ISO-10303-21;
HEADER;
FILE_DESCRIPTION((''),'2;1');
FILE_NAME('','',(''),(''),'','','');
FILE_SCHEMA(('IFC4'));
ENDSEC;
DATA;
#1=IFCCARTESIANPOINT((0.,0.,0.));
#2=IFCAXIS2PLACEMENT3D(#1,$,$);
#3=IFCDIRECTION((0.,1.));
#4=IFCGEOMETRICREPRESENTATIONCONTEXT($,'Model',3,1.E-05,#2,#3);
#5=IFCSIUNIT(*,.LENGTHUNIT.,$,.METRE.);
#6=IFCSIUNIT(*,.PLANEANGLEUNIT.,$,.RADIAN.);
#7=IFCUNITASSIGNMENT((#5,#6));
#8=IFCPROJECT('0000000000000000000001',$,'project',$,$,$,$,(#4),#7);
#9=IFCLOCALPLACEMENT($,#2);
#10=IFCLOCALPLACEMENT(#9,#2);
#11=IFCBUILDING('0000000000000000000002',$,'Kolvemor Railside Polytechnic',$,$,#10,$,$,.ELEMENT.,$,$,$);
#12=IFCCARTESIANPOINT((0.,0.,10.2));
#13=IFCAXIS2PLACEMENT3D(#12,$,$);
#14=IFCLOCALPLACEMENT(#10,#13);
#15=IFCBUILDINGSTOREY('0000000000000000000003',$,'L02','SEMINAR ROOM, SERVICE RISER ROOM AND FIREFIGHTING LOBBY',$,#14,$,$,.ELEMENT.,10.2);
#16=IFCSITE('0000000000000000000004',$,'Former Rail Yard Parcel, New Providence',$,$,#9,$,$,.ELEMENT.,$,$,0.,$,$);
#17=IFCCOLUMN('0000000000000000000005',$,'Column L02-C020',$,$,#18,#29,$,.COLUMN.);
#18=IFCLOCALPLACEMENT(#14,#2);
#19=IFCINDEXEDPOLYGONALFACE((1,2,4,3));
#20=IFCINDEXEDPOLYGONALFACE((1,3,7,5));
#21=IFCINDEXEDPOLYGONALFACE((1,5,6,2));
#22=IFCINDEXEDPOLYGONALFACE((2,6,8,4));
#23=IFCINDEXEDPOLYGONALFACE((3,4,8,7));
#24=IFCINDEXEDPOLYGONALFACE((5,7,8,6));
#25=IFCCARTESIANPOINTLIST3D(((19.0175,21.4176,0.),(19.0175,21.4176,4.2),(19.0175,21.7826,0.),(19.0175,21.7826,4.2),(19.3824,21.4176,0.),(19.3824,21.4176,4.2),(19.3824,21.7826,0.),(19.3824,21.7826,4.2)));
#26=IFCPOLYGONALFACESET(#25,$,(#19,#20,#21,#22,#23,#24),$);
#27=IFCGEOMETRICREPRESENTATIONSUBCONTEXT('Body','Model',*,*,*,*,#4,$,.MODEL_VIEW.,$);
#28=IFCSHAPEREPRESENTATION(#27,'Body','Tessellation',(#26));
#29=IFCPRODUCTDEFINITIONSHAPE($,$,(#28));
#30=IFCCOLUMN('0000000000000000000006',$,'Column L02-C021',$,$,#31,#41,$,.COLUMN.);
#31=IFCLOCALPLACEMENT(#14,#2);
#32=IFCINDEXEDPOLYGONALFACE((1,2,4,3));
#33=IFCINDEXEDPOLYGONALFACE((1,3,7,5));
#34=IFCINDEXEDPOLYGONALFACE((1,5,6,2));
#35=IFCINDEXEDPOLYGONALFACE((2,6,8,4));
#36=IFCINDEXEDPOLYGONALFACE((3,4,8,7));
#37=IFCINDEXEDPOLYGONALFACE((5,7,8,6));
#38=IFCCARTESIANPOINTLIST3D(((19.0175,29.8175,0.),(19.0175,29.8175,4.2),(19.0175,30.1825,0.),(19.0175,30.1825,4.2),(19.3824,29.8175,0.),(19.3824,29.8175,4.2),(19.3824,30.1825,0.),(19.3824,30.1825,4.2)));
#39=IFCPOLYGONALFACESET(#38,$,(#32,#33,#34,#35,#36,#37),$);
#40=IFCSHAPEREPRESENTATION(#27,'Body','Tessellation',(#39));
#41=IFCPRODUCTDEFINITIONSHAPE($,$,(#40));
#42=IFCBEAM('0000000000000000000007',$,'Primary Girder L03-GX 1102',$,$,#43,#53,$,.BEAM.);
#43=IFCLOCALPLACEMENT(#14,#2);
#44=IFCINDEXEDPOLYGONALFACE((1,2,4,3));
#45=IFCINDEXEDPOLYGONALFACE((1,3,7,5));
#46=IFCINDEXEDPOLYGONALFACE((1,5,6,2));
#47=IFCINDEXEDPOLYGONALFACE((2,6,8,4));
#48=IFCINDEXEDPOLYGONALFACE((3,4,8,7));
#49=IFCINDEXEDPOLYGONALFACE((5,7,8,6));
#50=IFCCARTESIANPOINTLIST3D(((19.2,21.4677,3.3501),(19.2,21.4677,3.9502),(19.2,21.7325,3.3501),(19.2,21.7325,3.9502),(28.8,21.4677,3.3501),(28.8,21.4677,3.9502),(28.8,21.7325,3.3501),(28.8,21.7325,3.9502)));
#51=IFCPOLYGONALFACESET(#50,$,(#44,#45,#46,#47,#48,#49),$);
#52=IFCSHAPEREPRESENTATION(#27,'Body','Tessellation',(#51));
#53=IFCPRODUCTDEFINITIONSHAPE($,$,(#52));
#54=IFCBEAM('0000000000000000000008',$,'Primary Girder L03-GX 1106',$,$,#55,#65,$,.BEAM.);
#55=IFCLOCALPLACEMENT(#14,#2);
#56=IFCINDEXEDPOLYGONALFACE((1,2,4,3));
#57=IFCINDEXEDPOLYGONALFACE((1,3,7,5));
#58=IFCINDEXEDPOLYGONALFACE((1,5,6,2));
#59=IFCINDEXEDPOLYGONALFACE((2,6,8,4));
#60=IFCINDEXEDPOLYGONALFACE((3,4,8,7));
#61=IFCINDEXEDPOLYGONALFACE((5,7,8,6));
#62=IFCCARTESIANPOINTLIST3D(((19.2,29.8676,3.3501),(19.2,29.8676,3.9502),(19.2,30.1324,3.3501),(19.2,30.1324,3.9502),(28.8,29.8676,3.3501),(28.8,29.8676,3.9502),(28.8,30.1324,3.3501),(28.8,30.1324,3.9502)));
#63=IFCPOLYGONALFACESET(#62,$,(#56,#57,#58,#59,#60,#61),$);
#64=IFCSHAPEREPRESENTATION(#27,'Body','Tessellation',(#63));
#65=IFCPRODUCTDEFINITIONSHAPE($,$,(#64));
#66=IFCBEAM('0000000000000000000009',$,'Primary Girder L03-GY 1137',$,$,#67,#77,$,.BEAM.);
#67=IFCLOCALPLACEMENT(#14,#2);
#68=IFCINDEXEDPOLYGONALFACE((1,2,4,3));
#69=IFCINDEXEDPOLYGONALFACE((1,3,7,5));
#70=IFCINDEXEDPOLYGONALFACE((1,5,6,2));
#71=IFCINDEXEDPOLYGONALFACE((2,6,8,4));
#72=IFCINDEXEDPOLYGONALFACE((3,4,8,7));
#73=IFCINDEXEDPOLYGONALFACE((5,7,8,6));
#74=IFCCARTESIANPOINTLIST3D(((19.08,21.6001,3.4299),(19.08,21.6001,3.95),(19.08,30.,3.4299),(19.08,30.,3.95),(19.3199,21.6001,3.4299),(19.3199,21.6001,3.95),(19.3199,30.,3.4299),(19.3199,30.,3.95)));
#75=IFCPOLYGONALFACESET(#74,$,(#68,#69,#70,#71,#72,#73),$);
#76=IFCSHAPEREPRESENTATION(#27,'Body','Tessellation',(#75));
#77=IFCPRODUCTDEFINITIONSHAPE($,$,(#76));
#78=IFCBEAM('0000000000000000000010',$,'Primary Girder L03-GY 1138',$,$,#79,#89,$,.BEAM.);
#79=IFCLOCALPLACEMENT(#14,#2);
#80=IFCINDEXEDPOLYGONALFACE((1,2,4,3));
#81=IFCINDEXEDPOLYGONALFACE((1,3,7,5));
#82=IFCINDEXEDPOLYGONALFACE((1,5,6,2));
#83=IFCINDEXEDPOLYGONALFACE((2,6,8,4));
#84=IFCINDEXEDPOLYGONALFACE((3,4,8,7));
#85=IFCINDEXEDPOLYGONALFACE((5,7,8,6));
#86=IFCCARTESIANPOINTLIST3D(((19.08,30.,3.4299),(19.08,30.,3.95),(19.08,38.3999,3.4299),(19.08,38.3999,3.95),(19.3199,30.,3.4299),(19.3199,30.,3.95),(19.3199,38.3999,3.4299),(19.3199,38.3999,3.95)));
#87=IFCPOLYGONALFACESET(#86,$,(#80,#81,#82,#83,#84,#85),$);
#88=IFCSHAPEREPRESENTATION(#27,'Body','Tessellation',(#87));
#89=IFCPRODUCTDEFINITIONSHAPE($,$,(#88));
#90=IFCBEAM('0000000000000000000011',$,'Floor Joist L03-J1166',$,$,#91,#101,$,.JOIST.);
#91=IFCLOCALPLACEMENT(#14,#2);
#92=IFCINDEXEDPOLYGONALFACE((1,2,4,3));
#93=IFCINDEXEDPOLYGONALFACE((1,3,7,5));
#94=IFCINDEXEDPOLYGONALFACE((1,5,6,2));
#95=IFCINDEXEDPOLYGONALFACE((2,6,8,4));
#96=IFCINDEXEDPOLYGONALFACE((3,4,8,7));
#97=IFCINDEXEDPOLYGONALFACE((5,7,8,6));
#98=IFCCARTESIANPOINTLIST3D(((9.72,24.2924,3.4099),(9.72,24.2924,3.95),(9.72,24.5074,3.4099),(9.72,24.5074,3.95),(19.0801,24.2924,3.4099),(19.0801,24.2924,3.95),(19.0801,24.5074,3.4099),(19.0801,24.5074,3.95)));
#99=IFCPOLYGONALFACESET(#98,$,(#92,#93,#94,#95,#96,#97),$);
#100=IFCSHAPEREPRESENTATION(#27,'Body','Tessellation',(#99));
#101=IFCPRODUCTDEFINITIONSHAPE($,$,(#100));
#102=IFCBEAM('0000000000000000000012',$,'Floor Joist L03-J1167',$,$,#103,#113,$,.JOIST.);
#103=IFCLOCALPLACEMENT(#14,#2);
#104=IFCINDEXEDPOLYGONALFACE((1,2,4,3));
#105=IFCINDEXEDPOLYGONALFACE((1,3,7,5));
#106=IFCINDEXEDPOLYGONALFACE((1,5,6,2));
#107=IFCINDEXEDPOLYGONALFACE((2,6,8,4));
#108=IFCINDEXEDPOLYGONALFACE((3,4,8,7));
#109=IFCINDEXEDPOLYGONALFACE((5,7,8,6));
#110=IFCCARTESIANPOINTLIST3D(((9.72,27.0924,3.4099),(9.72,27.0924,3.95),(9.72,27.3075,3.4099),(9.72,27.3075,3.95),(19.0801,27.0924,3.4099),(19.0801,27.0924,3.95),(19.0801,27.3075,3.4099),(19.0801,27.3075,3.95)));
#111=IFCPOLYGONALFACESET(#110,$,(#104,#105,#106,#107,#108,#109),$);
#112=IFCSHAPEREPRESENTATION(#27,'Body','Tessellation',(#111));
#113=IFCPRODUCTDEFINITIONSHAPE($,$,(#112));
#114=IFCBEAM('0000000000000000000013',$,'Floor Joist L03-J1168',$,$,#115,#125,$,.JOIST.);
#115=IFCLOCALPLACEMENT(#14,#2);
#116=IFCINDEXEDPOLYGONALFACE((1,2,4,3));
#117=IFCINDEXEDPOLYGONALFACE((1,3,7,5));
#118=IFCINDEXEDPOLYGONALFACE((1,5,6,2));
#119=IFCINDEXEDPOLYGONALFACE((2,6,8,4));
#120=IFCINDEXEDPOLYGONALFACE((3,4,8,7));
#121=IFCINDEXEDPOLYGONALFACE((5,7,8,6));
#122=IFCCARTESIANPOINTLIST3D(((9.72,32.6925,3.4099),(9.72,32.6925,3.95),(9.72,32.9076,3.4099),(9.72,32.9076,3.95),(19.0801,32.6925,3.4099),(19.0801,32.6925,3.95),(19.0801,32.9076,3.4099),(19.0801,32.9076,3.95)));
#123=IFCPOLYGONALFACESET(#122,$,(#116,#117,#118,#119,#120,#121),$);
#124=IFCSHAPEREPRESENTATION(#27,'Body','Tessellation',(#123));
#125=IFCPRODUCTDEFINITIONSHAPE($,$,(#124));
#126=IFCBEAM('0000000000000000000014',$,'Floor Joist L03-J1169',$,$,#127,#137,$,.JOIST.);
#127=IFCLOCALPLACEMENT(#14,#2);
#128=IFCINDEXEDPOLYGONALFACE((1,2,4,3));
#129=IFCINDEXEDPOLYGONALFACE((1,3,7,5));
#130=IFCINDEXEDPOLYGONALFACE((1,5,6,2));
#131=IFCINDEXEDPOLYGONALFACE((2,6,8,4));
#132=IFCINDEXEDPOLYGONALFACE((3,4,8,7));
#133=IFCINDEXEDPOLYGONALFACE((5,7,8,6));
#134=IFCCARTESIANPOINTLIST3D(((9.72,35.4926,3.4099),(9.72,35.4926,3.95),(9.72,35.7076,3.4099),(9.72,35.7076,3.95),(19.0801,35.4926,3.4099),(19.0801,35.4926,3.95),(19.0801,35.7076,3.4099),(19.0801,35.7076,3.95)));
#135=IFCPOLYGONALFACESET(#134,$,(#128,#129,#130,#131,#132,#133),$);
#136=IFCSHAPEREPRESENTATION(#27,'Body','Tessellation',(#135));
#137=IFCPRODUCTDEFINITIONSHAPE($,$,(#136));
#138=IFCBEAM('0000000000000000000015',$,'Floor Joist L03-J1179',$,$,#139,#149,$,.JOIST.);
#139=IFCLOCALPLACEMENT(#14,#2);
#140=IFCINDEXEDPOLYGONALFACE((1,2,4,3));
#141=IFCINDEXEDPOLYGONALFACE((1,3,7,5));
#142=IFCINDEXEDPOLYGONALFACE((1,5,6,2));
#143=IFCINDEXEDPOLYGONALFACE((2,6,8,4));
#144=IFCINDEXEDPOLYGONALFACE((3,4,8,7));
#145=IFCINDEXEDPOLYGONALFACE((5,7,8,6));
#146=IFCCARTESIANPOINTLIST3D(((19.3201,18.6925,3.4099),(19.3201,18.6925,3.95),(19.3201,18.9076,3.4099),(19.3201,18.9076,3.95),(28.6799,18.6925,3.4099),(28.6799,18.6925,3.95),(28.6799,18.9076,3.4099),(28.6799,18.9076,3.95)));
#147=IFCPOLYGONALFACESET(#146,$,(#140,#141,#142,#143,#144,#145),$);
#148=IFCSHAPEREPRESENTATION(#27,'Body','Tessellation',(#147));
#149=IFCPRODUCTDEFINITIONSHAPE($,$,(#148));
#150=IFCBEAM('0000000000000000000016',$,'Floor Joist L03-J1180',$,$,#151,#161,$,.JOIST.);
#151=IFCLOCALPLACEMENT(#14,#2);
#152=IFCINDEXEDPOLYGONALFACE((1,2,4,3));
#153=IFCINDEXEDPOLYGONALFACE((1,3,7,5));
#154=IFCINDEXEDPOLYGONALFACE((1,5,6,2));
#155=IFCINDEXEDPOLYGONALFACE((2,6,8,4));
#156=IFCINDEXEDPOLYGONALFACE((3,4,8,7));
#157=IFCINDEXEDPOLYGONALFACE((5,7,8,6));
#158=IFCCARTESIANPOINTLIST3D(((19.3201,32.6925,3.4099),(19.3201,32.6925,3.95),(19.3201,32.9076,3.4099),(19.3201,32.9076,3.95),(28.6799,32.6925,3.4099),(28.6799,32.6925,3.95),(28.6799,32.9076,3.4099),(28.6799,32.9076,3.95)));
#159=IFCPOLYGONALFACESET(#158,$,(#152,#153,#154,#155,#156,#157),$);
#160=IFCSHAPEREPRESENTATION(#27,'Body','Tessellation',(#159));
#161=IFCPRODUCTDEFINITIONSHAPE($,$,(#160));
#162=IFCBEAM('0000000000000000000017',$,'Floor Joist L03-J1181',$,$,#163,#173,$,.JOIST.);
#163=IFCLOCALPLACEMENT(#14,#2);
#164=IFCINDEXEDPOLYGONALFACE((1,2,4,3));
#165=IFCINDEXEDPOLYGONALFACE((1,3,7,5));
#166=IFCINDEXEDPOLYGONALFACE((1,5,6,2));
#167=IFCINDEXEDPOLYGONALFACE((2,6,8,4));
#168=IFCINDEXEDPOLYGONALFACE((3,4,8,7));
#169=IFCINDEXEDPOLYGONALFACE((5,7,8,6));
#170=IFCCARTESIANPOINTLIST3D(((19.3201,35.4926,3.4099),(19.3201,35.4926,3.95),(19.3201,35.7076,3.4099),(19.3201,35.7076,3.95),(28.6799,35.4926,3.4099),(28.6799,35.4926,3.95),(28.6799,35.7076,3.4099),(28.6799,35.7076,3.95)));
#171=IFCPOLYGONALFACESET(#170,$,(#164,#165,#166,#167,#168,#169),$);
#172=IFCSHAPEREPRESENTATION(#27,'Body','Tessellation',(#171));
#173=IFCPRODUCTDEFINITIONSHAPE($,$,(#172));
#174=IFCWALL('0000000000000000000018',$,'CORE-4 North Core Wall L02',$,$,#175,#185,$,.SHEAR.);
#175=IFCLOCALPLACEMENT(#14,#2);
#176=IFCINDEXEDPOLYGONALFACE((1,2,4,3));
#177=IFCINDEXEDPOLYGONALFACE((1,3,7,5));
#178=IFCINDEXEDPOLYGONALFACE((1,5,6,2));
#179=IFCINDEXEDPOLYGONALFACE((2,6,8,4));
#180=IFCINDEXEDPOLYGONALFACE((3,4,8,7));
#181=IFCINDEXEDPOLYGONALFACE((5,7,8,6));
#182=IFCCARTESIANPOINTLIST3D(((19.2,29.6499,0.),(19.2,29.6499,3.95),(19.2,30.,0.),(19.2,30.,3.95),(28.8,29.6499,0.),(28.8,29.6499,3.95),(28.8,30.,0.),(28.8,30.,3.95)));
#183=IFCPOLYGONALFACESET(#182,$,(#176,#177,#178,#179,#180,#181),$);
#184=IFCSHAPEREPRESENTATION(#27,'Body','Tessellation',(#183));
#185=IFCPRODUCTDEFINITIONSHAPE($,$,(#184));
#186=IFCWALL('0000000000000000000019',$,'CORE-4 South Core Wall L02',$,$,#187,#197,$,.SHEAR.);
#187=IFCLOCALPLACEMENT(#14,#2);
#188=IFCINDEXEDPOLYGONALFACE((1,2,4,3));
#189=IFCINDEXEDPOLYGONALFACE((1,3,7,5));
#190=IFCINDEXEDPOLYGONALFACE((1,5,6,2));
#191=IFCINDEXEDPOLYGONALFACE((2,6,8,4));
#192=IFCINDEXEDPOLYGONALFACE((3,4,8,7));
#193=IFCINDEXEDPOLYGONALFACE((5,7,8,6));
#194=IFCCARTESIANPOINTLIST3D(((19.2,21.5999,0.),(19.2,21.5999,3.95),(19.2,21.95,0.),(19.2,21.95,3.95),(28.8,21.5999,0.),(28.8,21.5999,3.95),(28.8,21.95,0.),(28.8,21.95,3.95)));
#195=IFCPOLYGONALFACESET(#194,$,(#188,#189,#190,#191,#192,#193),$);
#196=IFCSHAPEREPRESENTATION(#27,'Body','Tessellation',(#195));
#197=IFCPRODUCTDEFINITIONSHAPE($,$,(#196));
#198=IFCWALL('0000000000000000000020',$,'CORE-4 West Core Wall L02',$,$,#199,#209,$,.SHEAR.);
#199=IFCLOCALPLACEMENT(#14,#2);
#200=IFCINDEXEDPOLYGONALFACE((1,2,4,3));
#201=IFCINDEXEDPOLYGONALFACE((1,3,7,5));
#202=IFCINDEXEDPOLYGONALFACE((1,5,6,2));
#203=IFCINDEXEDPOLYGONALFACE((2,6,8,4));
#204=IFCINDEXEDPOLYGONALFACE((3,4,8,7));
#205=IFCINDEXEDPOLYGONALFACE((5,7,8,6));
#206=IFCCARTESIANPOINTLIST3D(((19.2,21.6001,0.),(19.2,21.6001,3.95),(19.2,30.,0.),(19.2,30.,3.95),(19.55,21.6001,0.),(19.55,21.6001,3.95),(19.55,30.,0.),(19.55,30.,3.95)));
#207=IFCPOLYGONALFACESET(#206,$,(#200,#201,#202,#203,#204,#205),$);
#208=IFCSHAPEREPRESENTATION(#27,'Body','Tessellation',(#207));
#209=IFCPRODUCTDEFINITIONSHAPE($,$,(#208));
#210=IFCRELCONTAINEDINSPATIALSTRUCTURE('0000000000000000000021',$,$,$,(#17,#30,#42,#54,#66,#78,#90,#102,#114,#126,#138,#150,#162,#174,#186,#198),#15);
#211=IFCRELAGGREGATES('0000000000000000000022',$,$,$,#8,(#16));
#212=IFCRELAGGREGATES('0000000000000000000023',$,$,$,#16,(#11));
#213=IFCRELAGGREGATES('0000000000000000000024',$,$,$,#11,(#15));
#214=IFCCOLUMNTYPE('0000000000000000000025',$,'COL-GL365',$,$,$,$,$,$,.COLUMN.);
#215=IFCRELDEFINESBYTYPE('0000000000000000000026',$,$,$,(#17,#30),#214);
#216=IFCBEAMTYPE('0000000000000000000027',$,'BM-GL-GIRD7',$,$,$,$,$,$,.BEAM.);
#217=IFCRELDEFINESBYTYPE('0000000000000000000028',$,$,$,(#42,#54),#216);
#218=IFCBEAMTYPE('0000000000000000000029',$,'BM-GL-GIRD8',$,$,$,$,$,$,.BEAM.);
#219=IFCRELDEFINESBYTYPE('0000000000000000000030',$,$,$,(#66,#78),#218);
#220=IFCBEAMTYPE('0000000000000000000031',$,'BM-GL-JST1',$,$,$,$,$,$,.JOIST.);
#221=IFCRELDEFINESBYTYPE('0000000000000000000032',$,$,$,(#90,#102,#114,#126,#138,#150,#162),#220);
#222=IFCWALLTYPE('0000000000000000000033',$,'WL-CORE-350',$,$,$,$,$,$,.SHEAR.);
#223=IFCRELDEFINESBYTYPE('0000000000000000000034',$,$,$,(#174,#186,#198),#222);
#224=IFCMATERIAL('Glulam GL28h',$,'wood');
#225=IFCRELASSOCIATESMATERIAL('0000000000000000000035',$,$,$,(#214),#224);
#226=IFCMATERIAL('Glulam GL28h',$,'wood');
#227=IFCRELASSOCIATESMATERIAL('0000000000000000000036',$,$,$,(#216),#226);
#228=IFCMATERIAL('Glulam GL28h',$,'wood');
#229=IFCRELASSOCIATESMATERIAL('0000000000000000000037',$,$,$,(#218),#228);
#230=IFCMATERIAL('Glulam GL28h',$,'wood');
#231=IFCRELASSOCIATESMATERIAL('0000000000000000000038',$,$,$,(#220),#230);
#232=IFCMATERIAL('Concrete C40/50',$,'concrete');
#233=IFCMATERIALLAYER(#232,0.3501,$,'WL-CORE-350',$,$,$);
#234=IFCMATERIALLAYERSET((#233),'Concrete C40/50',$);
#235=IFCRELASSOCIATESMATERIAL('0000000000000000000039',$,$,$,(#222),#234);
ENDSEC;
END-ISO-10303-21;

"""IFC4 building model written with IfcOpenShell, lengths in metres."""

from ifc_helpers import new_model, si_unit, direction, frame, frame_2d, origin, origin_2d, place, context, subcontext, project, spatial, rectangle, extrude, material, layer, layer_set, material_profile, profile_set, type_object, element, save


model = new_model("IFC4")

# Units and contexts
model_context = context("Model", 3, precision=1e-05, world=origin(), true_north=direction((0.0, 1.0)))
body_context = subcontext(model_context, "Body", "Model", "MODEL_VIEW")
ifc_project = project(units=[si_unit("LENGTHUNIT", "METRE"), si_unit("PLANEANGLEUNIT", "RADIAN")], contexts=[model_context])

# Site, building, storey
site_placement = place(None, origin())
site = spatial("IfcSite", under=ifc_project, at=site_placement, Name="Former Rail Yard Parcel, New Providence", CompositionType="ELEMENT", RefElevation=0.0)
building_placement = place(site_placement, origin())
building = spatial("IfcBuilding", under=site, at=building_placement, Name="Kolvemor Railside Polytechnic", CompositionType="ELEMENT")
storey_placement = place(building_placement, frame((0.0, 0.0, 10.2)))
storey = spatial("IfcBuildingStorey", under=building, at=storey_placement, Name="L02", Description="SEMINAR ROOM, SERVICE RISER ROOM AND FIREFIGHTING LOBBY", CompositionType="ELEMENT", Elevation=10.2)

# Columns
ifc_material_1 = material(Name="Glulam GL28h", Category="wood")
ifc_material_profile_1 = material_profile(ifc_material_1, rectangle(XDim=0.365, YDim=0.365, at=origin_2d()), Name="GL365x365")
ifc_profile_set_1 = profile_set([ifc_material_profile_1], Name="Glulam GL28h")
column_type = type_object("IfcColumnType", Name="COL-GL365", PredefinedType="COLUMN", material=ifc_profile_set_1)
for number, where, z_axis, x_axis, name in (
    (1, (19.2, 21.6001, 0.0), (0.0, 0.0, 1.0), (1.0, 0.0, 0.0), "Column L02-C020"),
    (2, (19.2, 30.0, 0.0), (0.0, 0.0, 1.0), (1.0, 0.0, 0.0), "Column L02-C021"),
):
    element("IfcColumn", number, at=place(storey_placement, frame(where, z_axis=z_axis, x_axis=x_axis)), inside=storey, type_object=column_type, Name=name, PredefinedType="COLUMN", context=body_context, shape_type="SweptSolid", body=[
        extrude(rectangle(XDim=0.365, YDim=0.365, at=origin_2d()), origin(), (0.0, 0.0, 1.0), 4.2),
    ])

# Beams
ifc_material_2 = material(Name="Glulam GL28h", Category="wood")
ifc_material_profile_2 = material_profile(ifc_material_2, rectangle(XDim=0.2649, YDim=0.6001, at=origin_2d()), Name="GL265x600")
ifc_profile_set_2 = profile_set([ifc_material_profile_2], Name="Glulam GL28h")
beam_type_1 = type_object("IfcBeamType", Name="BM-GL-GIRD7", PredefinedType="BEAM", material=ifc_profile_set_2)
for number, where, z_axis, x_axis, name in (
    (3, (19.2, 21.6001, 3.6501), (1.0, 0.0, 0.0), (0.0, 1.0, 0.0), "Primary Girder L03-GX 1102"),
    (4, (19.2, 30.0, 3.6501), (1.0, 0.0, 0.0), (0.0, 1.0, 0.0), "Primary Girder L03-GX 1106"),
):
    element("IfcBeam", number, at=place(storey_placement, frame(where, z_axis=z_axis, x_axis=x_axis)), inside=storey, type_object=beam_type_1, Name=name, PredefinedType="BEAM", context=body_context, shape_type="SweptSolid", body=[
        extrude(rectangle(XDim=0.2649, YDim=0.6001, at=origin_2d()), origin(), (0.0, 0.0, 1.0), 9.6001),
    ])
ifc_material_3 = material(Name="Glulam GL28h", Category="wood")
ifc_material_profile_3 = material_profile(ifc_material_3, rectangle(XDim=0.24, YDim=0.52, at=origin_2d()), Name="GL240x520")
ifc_profile_set_3 = profile_set([ifc_material_profile_3], Name="Glulam GL28h")
beam_type_2 = type_object("IfcBeamType", Name="BM-GL-GIRD8", PredefinedType="BEAM", material=ifc_profile_set_3)
for number, where, z_axis, x_axis, name in (
    (5, (19.2, 21.6001, 3.6899), (0.0, 1.0, 0.0), (-1.0, 0.0, 0.0), "Primary Girder L03-GY 1137"),
    (6, (19.2, 30.0, 3.6899), (0.0, 1.0, 0.0), (-1.0, 0.0, 0.0), "Primary Girder L03-GY 1138"),
):
    element("IfcBeam", number, at=place(storey_placement, frame(where, z_axis=z_axis, x_axis=x_axis)), inside=storey, type_object=beam_type_2, Name=name, PredefinedType="BEAM", context=body_context, shape_type="SweptSolid", body=[
        extrude(rectangle(XDim=0.24, YDim=0.52, at=origin_2d()), origin(), (0.0, 0.0, 1.0), 8.3999),
    ])
ifc_material_4 = material(Name="Glulam GL28h", Category="wood")
ifc_material_profile_4 = material_profile(ifc_material_4, rectangle(XDim=0.2151, YDim=0.54, at=origin_2d()), Name="GL215x540")
ifc_profile_set_4 = profile_set([ifc_material_profile_4], Name="Glulam GL28h")
beam_type_3 = type_object("IfcBeamType", Name="BM-GL-JST1", PredefinedType="JOIST", material=ifc_profile_set_4)
for number, where, z_axis, x_axis, name in (
    (7, (9.72, 24.3999, 3.6799), (1.0, 0.0, 0.0), (0.0, 1.0, 0.0), "Floor Joist L03-J1166"),
    (8, (9.72, 27.2, 3.6799), (1.0, 0.0, 0.0), (0.0, 1.0, 0.0), "Floor Joist L03-J1167"),
    (9, (9.72, 32.8, 3.6799), (1.0, 0.0, 0.0), (0.0, 1.0, 0.0), "Floor Joist L03-J1168"),
    (10, (9.72, 35.6001, 3.6799), (1.0, 0.0, 0.0), (0.0, 1.0, 0.0), "Floor Joist L03-J1169"),
):
    element("IfcBeam", number, at=place(storey_placement, frame(where, z_axis=z_axis, x_axis=x_axis)), inside=storey, type_object=beam_type_3, Name=name, PredefinedType="JOIST", context=body_context, shape_type="SweptSolid", body=[
        extrude(rectangle(XDim=0.2151, YDim=0.54, at=origin_2d()), origin(), (0.0, 0.0, 1.0), 9.3601),
    ])
for number, where, z_axis, x_axis, name in (
    (11, (19.3201, 18.8, 3.6799), (1.0, 0.0, 0.0), (0.0, 1.0, 0.0), "Floor Joist L03-J1179"),
    (12, (19.3201, 32.8, 3.6799), (1.0, 0.0, 0.0), (0.0, 1.0, 0.0), "Floor Joist L03-J1180"),
    (13, (19.3201, 35.6001, 3.6799), (1.0, 0.0, 0.0), (0.0, 1.0, 0.0), "Floor Joist L03-J1181"),
):
    element("IfcBeam", number, at=place(storey_placement, frame(where, z_axis=z_axis, x_axis=x_axis)), inside=storey, type_object=beam_type_3, Name=name, PredefinedType="JOIST", context=body_context, shape_type="SweptSolid", body=[
        extrude(rectangle(XDim=0.2151, YDim=0.54, at=origin_2d()), origin(), (0.0, 0.0, 1.0), 9.3599),
    ])

# Walls
ifc_material_5 = material(Name="Concrete C40/50", Category="concrete")
ifc_layer = layer(ifc_material_5, 0.3501, Name="WL-CORE-350")
ifc_layer_set = layer_set([ifc_layer], Name="Concrete C40/50")
wall_type = type_object("IfcWallType", Name="WL-CORE-350", PredefinedType="SHEAR", material=ifc_layer_set)
for number, where, z_axis, x_axis, name in (
    (14, (19.2, 29.825, 0.0), (0.0, 0.0, 1.0), (1.0, 0.0, 0.0), "CORE-4 North Core Wall L02"),
    (15, (19.2, 21.7749, 0.0), (0.0, 0.0, 1.0), (1.0, 0.0, 0.0), "CORE-4 South Core Wall L02"),
):
    element("IfcWall", number, at=place(storey_placement, frame(where, z_axis=z_axis, x_axis=x_axis)), inside=storey, type_object=wall_type, Name=name, PredefinedType="SHEAR", context=body_context, shape_type="SweptSolid", body=[
        extrude(rectangle(XDim=9.6001, YDim=0.3501, at=frame_2d((4.8, 0.0))), origin(), (0.0, 0.0, 1.0), 3.95),
    ])
wall_placement = place(storey_placement, frame((19.375, 21.6001, 0.0), z_axis=(0.0, 0.0, 1.0), x_axis=(0.0, 1.0, 0.0)))
element("IfcWall", 16, at=wall_placement, inside=storey, type_object=wall_type, Name="CORE-4 West Core Wall L02", PredefinedType="SHEAR", context=body_context, shape_type="SweptSolid", body=[
    extrude(rectangle(XDim=8.3999, YDim=0.3501, at=frame_2d((4.2, 0.0))), origin(), (0.0, 0.0, 1.0), 3.95),
])

save(model, "model.ifc")
